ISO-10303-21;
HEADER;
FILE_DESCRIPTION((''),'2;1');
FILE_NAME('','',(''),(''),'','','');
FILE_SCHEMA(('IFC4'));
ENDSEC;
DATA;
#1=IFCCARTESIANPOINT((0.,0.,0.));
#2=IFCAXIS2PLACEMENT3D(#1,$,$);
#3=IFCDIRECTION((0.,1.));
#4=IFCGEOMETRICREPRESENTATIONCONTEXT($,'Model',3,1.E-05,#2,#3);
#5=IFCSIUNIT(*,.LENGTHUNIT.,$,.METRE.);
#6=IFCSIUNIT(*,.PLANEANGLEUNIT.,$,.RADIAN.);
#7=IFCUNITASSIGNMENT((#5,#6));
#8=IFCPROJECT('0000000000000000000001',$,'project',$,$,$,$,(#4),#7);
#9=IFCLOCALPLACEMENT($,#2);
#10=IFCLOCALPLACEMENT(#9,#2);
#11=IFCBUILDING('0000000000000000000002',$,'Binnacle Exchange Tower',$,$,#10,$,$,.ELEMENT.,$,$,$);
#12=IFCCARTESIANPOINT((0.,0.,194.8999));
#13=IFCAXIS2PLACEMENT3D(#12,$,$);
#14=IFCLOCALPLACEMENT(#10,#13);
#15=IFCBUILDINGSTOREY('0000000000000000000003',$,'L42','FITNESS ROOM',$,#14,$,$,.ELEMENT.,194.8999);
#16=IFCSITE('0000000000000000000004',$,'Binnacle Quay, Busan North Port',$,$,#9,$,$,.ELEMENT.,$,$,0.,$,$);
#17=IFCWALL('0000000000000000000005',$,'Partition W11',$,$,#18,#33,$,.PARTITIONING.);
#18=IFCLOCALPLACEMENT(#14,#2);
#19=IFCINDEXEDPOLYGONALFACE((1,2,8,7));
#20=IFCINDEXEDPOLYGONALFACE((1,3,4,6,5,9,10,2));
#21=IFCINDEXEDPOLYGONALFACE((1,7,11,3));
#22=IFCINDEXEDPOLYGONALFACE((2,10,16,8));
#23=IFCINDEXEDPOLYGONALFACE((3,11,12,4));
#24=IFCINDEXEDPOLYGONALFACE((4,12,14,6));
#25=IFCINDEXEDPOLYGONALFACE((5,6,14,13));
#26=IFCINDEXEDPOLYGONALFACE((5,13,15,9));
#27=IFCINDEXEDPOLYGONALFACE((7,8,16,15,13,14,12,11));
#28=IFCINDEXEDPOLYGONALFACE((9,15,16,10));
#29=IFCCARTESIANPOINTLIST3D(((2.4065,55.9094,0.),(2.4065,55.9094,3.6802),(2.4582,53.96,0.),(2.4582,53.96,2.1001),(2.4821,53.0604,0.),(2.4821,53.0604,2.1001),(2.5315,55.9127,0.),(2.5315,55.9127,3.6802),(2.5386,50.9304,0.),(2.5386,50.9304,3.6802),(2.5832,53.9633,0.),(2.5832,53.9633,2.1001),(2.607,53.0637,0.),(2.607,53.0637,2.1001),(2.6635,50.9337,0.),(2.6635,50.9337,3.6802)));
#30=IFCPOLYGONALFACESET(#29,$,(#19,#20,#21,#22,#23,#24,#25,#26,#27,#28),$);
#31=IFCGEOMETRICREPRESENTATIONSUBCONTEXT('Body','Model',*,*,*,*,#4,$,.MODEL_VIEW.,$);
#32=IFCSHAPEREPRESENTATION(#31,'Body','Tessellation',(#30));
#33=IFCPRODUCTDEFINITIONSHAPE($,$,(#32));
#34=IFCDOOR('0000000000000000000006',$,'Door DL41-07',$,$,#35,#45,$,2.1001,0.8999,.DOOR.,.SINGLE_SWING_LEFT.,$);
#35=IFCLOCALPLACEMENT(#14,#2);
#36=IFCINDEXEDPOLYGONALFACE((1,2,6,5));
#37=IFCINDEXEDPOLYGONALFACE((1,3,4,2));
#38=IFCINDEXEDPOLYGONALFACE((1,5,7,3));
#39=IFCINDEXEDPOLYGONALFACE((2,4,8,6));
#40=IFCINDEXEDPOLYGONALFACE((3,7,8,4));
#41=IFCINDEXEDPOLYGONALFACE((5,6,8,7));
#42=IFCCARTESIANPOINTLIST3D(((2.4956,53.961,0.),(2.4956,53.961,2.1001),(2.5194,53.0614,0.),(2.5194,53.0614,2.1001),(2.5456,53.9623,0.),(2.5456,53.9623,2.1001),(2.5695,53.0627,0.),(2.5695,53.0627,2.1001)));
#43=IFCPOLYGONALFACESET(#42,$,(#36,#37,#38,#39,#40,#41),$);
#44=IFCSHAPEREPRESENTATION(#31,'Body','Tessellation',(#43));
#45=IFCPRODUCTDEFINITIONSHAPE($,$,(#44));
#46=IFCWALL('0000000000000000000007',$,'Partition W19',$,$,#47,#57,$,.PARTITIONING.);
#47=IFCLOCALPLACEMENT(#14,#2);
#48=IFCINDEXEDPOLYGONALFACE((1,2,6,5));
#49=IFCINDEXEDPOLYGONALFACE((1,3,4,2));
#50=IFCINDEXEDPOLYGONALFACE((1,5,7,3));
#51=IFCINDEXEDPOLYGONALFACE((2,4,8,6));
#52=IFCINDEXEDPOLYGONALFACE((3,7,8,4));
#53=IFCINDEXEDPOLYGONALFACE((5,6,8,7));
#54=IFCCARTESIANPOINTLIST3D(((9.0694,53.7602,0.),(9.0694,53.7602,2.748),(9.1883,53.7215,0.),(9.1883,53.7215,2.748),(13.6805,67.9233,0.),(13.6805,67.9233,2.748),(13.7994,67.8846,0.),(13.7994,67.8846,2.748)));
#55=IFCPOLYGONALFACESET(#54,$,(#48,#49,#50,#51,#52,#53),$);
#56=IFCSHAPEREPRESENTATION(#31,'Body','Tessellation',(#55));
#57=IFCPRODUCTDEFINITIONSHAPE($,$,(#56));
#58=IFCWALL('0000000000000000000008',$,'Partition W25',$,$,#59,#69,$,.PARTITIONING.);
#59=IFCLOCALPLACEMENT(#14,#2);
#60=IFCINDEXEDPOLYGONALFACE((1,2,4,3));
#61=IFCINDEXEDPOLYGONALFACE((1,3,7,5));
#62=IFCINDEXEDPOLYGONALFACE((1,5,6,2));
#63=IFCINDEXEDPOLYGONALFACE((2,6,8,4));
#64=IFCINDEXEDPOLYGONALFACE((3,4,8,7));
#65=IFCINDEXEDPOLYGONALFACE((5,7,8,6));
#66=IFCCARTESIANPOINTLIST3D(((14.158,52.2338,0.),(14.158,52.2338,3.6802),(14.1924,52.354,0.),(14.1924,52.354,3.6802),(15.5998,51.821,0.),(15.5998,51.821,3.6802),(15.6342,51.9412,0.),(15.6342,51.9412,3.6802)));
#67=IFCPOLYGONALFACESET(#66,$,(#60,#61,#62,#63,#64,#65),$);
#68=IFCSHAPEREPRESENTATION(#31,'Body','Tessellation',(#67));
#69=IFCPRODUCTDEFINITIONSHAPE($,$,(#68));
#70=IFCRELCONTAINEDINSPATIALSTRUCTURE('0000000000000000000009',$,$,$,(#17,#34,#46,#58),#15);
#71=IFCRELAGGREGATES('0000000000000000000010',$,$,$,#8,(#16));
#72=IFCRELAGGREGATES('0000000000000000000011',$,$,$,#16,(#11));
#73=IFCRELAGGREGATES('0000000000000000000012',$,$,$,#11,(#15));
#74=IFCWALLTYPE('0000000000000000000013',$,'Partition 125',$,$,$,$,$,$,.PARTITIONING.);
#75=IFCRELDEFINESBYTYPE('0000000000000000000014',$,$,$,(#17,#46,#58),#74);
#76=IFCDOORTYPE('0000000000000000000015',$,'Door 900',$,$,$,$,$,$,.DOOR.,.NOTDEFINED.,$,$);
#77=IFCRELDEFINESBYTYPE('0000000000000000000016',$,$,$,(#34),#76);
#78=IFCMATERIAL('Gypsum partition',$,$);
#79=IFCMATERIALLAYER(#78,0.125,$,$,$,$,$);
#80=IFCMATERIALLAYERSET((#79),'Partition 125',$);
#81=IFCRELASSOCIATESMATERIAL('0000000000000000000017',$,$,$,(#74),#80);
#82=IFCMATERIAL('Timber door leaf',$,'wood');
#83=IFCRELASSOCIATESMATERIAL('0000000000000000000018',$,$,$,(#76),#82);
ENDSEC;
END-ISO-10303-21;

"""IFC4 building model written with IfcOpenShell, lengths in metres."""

from ifc_helpers import new_model, si_unit, direction, frame, frame_2d, origin, place, context, subcontext, project, spatial, rectangle, extrude, material, layer, layer_set, type_object, element, fill, save


model = new_model("IFC4")

# Units and contexts
model_context = context("Model", 3, precision=1e-05, world=origin(), true_north=direction((0.0, 1.0)))
body_context = subcontext(model_context, "Body", "Model", "MODEL_VIEW")
ifc_project = project(units=[si_unit("LENGTHUNIT", "METRE"), si_unit("PLANEANGLEUNIT", "RADIAN")], contexts=[model_context])

# Site, building, storey
site_placement = place(None, origin())
site = spatial("IfcSite", under=ifc_project, at=site_placement, Name="Binnacle Quay, Busan North Port", CompositionType="ELEMENT", RefElevation=0.0)
building_placement = place(site_placement, origin())
building = spatial("IfcBuilding", under=site, at=building_placement, Name="Binnacle Exchange Tower", CompositionType="ELEMENT")
storey_placement = place(building_placement, frame((0.0, 0.0, 194.8999)))
storey = spatial("IfcBuildingStorey", under=building, at=storey_placement, Name="L42", Description="FITNESS ROOM", CompositionType="ELEMENT", Elevation=194.8999)

# Shared definitions
ifc_material_1 = material(Name="Gypsum partition")
ifc_layer_1 = layer(ifc_material_1, 0.125)
ifc_layer_set_1 = layer_set([ifc_layer_1], Name="Partition 125")
wall_type_1 = type_object("IfcWallType", Name="Partition 125", PredefinedType="PARTITIONING", material=ifc_layer_set_1)

# Wall, opening, door
wall_1_placement = place(storey_placement, frame((2.469, 55.9109, 0.0), z_axis=(0.0, 0.0, 1.0), x_axis=(0.026518, -0.999648, 0.0)))
wall_1 = element("IfcWall", 1, at=wall_1_placement, inside=storey, type_object=wall_type_1, Name="Partition W11", PredefinedType="PARTITIONING", context=body_context, shape_type="SweptSolid", body=[
    extrude(rectangle(XDim=4.9807, YDim=0.125, at=frame_2d((2.4902, 0.0))), origin(), (0.0, 0.0, 1.0), 3.6802),
])
opening_1_placement = place(wall_1_placement, frame((1.95, 0.0, 0.0)))
opening_1 = element("IfcOpeningElement", 2, at=opening_1_placement, cuts=wall_1, PredefinedType="OPENING", context=body_context, shape_type="SweptSolid", body=[
    extrude(rectangle(XDim=0.8999, YDim=2.1001, at=frame_2d((0.45, 1.05))), frame((0.0, 0.0725, 0.0), z_axis=(0.0, -1.0, 0.0), x_axis=(1.0, 0.0, 0.0)), (0.0, 0.0, 1.0), 0.145),
])
ifc_material_2 = material(Name="Timber door leaf", Category="wood")
door_type = type_object("IfcDoorType", Name="Door 900", OperationType="NOTDEFINED", PredefinedType="DOOR", material=ifc_material_2)
door_placement = place(opening_1_placement, origin())
door = element("IfcDoor", 3, at=door_placement, inside=storey, type_object=door_type, Name="Door DL41-07", OperationType="SINGLE_SWING_LEFT", OverallHeight=2.1001, OverallWidth=0.8999, PredefinedType="DOOR", context=body_context, shape_type="SweptSolid", body=[
    extrude(rectangle(XDim=0.8999, YDim=2.1001, at=frame_2d((0.45, 1.05))), frame((0.0, 0.0249, 0.0), z_axis=(0.0, -1.0, 0.0), x_axis=(1.0, 0.0, 0.0)), (0.0, 0.0, 1.0), 0.05),
])
fill(opening_1, door)

# Walls
wall_2_placement = place(storey_placement, frame((9.1289, 53.741, 0.0), z_axis=(0.0, 0.0, 1.0), x_axis=(0.309577, 0.950874, 0.0)))
element("IfcWall", 4, at=wall_2_placement, inside=storey, type_object=wall_type_1, Name="Partition W19", PredefinedType="PARTITIONING", context=body_context, shape_type="SweptSolid", body=[
    extrude(rectangle(XDim=14.8948, YDim=0.125, at=frame_2d((7.4473, 0.0))), origin(), (0.0, 0.0, 1.0), 2.748),
])
wall_3_placement = place(storey_placement, frame((14.175, 52.2939, 0.0), z_axis=(0.0, 0.0, 1.0), x_axis=(0.96137, -0.275259, 0.0)))
element("IfcWall", 5, at=wall_3_placement, inside=storey, type_object=wall_type_1, Name="Partition W25", PredefinedType="PARTITIONING", context=body_context, shape_type="SweptSolid", body=[
    extrude(rectangle(XDim=1.4998, YDim=0.125, at=frame_2d((0.75, 0.0))), origin(), (0.0, 0.0, 1.0), 3.6802),
])

save(model, "model.ifc")
